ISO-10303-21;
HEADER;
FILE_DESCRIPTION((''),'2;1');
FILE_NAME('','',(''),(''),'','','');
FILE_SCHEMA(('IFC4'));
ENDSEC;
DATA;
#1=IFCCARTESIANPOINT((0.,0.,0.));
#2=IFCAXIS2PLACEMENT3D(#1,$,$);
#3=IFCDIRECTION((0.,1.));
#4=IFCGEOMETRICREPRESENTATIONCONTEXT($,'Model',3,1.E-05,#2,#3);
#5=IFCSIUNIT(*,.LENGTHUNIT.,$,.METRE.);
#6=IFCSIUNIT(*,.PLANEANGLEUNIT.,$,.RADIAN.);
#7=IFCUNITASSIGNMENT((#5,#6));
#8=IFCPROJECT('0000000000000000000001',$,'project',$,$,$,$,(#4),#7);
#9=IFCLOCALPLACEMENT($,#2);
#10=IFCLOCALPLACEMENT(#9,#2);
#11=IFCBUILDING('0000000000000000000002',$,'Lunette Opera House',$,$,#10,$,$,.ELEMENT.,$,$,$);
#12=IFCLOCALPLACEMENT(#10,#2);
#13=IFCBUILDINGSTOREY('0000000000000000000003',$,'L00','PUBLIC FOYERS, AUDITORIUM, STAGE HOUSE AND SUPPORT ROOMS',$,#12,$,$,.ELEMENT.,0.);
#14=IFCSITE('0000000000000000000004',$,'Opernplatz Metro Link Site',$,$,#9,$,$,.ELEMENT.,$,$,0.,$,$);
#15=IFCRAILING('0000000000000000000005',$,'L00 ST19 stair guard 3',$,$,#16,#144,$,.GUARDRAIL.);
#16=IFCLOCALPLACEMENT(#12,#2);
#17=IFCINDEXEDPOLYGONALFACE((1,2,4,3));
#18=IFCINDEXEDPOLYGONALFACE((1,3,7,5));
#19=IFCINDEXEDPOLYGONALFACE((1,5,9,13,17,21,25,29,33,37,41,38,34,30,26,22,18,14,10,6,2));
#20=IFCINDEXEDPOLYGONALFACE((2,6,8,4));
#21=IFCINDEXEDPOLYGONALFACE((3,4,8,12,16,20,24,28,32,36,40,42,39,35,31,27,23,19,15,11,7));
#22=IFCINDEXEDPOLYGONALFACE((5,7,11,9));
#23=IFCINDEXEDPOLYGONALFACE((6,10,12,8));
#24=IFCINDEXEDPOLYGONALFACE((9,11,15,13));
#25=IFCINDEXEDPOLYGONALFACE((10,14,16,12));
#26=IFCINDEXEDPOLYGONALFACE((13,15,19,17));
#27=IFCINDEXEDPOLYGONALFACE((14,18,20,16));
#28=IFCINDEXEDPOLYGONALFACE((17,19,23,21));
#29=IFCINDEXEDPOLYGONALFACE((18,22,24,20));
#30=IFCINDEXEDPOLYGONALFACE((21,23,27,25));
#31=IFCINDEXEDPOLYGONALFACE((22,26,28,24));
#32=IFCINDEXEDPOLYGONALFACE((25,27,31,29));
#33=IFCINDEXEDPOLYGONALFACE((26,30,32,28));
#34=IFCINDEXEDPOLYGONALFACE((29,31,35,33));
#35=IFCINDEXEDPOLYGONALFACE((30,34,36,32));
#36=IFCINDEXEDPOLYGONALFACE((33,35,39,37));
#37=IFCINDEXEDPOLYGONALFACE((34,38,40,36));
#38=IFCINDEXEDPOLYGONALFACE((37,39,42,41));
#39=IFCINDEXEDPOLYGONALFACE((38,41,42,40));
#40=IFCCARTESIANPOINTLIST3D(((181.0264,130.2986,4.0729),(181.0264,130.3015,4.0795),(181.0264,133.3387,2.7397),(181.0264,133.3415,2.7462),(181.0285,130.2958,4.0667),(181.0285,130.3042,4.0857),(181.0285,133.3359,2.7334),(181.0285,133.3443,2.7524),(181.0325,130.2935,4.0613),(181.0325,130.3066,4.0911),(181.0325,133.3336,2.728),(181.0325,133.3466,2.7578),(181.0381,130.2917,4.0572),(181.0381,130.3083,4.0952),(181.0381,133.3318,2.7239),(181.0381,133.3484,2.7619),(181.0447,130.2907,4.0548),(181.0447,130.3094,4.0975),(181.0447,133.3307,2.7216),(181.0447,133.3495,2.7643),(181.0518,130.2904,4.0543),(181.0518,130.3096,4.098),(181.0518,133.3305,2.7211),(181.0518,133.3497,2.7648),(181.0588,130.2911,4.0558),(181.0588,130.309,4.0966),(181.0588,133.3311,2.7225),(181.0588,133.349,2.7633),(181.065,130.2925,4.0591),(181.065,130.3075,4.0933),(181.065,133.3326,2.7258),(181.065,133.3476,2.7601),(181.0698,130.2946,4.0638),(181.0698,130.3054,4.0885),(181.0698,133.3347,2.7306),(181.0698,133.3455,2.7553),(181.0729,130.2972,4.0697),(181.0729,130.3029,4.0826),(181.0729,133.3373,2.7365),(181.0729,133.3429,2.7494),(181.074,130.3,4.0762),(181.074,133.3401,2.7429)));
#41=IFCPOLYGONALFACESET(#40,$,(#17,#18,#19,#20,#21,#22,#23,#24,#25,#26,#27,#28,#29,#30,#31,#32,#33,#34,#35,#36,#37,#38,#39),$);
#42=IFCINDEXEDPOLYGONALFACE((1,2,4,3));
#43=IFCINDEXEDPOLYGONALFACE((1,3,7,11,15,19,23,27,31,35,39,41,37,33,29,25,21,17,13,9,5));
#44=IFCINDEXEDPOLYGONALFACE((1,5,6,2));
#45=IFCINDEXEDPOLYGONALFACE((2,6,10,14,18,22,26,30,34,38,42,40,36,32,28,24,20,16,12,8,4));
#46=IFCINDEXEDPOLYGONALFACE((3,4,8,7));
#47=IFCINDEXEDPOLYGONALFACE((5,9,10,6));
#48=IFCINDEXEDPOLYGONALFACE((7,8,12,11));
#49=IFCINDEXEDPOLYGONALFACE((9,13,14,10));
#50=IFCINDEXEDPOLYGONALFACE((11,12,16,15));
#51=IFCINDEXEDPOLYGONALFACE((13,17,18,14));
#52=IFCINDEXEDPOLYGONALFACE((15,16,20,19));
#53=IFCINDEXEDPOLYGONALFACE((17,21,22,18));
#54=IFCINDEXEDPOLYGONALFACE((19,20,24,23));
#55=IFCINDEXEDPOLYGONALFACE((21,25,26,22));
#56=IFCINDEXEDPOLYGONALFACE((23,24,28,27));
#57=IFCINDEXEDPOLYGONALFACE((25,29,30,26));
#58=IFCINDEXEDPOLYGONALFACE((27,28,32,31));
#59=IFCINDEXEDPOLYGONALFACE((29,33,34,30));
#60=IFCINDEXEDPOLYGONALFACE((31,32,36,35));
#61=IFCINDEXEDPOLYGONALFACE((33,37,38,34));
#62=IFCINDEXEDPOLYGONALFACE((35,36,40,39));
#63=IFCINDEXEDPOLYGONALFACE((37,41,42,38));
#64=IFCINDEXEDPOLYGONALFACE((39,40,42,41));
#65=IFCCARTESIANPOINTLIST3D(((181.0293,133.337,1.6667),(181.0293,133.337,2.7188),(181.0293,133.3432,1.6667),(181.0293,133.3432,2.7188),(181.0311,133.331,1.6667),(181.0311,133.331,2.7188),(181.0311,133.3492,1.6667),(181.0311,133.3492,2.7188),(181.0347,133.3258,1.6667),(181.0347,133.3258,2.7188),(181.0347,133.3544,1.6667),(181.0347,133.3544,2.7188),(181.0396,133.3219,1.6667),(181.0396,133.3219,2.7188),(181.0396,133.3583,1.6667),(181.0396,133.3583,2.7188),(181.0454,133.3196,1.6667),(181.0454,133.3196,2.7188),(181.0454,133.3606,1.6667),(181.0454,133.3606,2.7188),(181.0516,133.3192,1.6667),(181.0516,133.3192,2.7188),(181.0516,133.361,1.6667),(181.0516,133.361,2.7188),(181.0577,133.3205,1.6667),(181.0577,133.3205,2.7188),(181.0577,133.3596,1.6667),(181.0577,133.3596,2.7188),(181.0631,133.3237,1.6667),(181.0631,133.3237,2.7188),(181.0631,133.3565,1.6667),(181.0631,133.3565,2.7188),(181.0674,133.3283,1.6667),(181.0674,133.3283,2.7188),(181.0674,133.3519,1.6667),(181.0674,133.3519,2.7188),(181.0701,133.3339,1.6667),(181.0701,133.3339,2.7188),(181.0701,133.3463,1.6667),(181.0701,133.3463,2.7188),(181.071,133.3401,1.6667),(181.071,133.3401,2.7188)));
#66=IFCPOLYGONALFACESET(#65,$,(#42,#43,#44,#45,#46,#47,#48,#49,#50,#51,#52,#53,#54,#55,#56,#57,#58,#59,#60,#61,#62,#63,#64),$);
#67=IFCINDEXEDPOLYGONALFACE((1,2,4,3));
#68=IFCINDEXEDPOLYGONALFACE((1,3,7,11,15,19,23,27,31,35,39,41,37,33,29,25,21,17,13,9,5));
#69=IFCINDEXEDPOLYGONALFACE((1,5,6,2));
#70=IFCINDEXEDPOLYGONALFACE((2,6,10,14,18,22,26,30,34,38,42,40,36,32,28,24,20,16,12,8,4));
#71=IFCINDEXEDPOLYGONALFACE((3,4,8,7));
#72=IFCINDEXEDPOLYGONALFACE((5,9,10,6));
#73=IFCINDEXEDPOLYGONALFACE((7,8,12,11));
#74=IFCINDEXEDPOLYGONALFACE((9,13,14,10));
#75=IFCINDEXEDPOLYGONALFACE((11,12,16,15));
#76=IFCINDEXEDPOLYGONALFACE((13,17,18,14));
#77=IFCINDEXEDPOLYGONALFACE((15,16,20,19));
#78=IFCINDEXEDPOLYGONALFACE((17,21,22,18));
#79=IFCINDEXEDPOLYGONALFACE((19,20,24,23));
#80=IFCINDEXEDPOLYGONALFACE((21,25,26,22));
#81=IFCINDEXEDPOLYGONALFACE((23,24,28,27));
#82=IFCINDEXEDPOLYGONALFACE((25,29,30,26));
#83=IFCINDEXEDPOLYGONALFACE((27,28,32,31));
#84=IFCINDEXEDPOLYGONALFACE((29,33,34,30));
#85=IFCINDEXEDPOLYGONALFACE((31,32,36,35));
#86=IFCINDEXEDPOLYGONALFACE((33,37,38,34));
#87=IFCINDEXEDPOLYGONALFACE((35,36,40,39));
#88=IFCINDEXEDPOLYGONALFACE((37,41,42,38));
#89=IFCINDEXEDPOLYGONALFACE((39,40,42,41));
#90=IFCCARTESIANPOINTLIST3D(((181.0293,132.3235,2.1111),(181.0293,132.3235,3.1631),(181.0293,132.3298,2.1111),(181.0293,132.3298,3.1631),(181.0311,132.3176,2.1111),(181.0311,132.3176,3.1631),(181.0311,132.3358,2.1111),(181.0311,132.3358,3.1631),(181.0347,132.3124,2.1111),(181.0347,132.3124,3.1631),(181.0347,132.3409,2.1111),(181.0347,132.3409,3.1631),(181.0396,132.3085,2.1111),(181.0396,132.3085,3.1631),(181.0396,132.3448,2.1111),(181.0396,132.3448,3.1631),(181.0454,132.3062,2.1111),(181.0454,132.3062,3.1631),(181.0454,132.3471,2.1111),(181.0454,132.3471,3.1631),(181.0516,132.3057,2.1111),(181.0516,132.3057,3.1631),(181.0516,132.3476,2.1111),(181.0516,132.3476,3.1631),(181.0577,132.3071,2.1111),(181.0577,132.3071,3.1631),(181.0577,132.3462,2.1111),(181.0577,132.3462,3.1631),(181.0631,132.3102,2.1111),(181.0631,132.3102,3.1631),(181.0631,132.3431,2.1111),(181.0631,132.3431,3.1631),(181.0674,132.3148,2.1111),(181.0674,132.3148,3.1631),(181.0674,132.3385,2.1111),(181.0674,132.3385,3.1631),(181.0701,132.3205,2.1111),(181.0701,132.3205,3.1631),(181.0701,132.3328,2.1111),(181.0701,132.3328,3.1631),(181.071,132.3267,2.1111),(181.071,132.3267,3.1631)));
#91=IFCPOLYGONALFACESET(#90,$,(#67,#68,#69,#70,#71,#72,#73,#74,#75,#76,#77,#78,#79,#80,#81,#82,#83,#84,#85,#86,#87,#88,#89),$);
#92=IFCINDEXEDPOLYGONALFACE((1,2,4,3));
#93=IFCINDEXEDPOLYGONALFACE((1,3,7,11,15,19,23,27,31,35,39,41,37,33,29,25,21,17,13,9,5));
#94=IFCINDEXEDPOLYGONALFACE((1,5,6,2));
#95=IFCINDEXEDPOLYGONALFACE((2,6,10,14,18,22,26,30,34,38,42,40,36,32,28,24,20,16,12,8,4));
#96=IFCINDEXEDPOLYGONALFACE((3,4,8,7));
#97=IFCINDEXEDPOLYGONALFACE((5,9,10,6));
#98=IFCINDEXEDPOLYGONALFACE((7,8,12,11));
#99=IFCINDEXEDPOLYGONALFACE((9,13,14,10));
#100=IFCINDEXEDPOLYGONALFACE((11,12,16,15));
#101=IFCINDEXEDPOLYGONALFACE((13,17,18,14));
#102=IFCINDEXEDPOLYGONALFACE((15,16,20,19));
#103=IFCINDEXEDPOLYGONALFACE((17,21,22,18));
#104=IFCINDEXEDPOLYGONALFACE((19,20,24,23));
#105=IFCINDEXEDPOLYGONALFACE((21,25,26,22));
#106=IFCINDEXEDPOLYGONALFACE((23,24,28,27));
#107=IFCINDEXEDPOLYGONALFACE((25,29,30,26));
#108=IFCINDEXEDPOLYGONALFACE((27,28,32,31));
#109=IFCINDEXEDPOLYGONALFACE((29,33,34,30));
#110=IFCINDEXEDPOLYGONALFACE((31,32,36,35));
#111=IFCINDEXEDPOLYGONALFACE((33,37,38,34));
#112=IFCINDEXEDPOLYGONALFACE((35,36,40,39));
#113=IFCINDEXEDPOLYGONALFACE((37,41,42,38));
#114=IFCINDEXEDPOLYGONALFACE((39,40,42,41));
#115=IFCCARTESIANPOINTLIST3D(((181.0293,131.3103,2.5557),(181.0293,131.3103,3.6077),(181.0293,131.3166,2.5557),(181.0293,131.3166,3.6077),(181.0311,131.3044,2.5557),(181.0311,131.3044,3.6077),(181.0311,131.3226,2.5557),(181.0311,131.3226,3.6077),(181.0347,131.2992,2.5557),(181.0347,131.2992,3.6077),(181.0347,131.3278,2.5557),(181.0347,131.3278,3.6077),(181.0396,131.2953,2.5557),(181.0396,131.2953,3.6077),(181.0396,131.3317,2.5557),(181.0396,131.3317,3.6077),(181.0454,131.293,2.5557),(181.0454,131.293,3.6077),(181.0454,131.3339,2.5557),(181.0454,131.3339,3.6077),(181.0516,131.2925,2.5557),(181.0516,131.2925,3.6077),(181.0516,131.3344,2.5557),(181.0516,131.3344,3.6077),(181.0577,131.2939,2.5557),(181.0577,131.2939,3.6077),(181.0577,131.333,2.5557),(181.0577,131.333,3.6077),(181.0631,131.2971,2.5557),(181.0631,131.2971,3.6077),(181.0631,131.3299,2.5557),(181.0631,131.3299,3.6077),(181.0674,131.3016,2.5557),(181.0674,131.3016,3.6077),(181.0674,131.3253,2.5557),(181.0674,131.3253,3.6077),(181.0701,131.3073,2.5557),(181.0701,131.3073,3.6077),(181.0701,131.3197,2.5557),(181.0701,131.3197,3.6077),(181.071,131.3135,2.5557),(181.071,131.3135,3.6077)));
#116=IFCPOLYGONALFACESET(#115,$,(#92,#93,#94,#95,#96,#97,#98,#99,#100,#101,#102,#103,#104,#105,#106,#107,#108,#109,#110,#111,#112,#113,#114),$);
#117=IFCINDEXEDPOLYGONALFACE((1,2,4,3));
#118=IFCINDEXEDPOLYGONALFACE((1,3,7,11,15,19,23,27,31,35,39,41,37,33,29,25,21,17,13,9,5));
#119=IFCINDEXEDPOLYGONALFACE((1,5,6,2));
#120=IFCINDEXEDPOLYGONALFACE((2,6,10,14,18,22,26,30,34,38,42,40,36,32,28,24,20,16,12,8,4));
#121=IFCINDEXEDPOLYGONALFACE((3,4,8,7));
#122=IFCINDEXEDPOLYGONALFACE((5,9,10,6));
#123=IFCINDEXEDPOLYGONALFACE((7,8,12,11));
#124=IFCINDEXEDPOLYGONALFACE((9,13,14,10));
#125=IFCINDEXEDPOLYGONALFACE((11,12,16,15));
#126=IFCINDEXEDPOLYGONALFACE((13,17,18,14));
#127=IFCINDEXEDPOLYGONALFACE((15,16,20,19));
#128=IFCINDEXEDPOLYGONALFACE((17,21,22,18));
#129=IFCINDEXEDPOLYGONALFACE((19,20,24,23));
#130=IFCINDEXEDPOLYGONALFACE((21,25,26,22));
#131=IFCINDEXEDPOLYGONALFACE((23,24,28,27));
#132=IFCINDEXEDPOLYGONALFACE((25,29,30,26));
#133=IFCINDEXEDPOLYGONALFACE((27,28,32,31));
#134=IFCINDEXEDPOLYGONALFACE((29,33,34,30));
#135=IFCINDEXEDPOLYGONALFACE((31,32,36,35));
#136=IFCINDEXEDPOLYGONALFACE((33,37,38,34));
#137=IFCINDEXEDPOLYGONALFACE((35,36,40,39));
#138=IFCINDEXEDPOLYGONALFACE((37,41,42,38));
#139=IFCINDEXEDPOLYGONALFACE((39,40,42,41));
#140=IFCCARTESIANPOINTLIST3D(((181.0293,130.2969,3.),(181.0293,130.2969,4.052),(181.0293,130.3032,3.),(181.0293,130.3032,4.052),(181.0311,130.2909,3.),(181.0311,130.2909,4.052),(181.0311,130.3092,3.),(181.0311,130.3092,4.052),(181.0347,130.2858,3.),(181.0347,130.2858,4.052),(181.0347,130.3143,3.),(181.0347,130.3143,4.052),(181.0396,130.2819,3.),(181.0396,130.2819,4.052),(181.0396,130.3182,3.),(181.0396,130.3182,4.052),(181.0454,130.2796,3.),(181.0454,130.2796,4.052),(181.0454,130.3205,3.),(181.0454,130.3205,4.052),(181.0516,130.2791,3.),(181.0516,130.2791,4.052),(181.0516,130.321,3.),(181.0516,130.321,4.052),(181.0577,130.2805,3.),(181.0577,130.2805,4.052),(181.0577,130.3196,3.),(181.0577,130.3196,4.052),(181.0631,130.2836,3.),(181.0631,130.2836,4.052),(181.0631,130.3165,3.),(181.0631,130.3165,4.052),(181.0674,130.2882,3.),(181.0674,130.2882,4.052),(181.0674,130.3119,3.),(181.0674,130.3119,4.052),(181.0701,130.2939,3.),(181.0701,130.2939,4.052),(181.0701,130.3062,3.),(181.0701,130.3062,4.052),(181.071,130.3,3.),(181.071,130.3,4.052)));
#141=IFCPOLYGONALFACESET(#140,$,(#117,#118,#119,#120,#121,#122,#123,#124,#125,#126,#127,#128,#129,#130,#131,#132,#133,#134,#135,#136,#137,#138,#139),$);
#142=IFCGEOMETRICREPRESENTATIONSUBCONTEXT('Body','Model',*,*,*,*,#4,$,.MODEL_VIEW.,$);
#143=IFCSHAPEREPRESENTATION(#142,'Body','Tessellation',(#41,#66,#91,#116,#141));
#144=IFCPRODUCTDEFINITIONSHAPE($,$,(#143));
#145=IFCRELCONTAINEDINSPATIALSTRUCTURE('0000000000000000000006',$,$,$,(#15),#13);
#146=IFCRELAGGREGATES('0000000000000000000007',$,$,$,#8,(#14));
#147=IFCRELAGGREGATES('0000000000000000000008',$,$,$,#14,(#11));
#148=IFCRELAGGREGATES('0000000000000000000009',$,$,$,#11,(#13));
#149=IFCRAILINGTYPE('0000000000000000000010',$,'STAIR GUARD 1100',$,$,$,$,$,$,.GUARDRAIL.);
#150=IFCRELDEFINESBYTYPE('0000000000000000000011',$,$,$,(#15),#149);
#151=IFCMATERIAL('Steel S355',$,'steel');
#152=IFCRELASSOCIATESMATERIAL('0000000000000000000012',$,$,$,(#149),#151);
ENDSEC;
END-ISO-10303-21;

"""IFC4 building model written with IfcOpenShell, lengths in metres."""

from ifc_helpers import new_model, si_unit, direction, frame, origin, origin_2d, place, context, subcontext, project, spatial, circle, extrude, material, type_object, element, save


model = new_model("IFC4")

# Units and contexts
model_context = context("Model", 3, precision=1e-05, world=origin(), true_north=direction((0.0, 1.0)))
body_context = subcontext(model_context, "Body", "Model", "MODEL_VIEW")
ifc_project = project(units=[si_unit("LENGTHUNIT", "METRE"), si_unit("PLANEANGLEUNIT", "RADIAN")], contexts=[model_context])

# Site, building, storey
site_placement = place(None, origin())
site = spatial("IfcSite", under=ifc_project, at=site_placement, Name="Opernplatz Metro Link Site", CompositionType="ELEMENT", RefElevation=0.0)
building_placement = place(site_placement, origin())
building = spatial("IfcBuilding", under=site, at=building_placement, Name="Lunette Opera House", CompositionType="ELEMENT")
storey_placement = place(building_placement, origin())
storey = spatial("IfcBuildingStorey", under=building, at=storey_placement, Name="L00", Description="PUBLIC FOYERS, AUDITORIUM, STAGE HOUSE AND SUPPORT ROOMS", CompositionType="ELEMENT", Elevation=0.0)

# Railing
ifc_material_1 = material(Name="Steel S355", Category="steel")
railing_type_1 = type_object("IfcRailingType", Name="STAIR GUARD 1100", PredefinedType="GUARDRAIL", material=ifc_material_1)
railing_1_placement = place(storey_placement, frame((181.05, 133.3401, 1.6667)))
element("IfcRailing", 1, at=railing_1_placement, inside=storey, type_object=railing_type_1, Name="L00 ST19 stair guard 3", PredefinedType="GUARDRAIL", context=body_context, shape_type="SweptSolid", body=[
    extrude(circle(Radius=0.0239, at=origin_2d()), frame((0.0, 0.0, 1.0762), z_axis=(0.0, -0.915799, 0.401637), x_axis=(1.0, 0.0, 0.0)), (0.0, 0.0, 1.0), 3.3196),
    extrude(circle(Radius=0.021, at=origin_2d()), origin(), (0.0, 0.0, 1.0), 1.052),
    extrude(circle(Radius=0.021, at=origin_2d()), frame((0.0, -1.0134, 0.4443)), (0.0, 0.0, 1.0), 1.052),
    extrude(circle(Radius=0.021, at=origin_2d()), frame((0.0, -2.0266, 0.8889)), (0.0, 0.0, 1.0), 1.052),
    extrude(circle(Radius=0.021, at=origin_2d()), frame((0.0, -3.04, 1.3333)), (0.0, 0.0, 1.0), 1.052),
])

save(model, "model.ifc")
